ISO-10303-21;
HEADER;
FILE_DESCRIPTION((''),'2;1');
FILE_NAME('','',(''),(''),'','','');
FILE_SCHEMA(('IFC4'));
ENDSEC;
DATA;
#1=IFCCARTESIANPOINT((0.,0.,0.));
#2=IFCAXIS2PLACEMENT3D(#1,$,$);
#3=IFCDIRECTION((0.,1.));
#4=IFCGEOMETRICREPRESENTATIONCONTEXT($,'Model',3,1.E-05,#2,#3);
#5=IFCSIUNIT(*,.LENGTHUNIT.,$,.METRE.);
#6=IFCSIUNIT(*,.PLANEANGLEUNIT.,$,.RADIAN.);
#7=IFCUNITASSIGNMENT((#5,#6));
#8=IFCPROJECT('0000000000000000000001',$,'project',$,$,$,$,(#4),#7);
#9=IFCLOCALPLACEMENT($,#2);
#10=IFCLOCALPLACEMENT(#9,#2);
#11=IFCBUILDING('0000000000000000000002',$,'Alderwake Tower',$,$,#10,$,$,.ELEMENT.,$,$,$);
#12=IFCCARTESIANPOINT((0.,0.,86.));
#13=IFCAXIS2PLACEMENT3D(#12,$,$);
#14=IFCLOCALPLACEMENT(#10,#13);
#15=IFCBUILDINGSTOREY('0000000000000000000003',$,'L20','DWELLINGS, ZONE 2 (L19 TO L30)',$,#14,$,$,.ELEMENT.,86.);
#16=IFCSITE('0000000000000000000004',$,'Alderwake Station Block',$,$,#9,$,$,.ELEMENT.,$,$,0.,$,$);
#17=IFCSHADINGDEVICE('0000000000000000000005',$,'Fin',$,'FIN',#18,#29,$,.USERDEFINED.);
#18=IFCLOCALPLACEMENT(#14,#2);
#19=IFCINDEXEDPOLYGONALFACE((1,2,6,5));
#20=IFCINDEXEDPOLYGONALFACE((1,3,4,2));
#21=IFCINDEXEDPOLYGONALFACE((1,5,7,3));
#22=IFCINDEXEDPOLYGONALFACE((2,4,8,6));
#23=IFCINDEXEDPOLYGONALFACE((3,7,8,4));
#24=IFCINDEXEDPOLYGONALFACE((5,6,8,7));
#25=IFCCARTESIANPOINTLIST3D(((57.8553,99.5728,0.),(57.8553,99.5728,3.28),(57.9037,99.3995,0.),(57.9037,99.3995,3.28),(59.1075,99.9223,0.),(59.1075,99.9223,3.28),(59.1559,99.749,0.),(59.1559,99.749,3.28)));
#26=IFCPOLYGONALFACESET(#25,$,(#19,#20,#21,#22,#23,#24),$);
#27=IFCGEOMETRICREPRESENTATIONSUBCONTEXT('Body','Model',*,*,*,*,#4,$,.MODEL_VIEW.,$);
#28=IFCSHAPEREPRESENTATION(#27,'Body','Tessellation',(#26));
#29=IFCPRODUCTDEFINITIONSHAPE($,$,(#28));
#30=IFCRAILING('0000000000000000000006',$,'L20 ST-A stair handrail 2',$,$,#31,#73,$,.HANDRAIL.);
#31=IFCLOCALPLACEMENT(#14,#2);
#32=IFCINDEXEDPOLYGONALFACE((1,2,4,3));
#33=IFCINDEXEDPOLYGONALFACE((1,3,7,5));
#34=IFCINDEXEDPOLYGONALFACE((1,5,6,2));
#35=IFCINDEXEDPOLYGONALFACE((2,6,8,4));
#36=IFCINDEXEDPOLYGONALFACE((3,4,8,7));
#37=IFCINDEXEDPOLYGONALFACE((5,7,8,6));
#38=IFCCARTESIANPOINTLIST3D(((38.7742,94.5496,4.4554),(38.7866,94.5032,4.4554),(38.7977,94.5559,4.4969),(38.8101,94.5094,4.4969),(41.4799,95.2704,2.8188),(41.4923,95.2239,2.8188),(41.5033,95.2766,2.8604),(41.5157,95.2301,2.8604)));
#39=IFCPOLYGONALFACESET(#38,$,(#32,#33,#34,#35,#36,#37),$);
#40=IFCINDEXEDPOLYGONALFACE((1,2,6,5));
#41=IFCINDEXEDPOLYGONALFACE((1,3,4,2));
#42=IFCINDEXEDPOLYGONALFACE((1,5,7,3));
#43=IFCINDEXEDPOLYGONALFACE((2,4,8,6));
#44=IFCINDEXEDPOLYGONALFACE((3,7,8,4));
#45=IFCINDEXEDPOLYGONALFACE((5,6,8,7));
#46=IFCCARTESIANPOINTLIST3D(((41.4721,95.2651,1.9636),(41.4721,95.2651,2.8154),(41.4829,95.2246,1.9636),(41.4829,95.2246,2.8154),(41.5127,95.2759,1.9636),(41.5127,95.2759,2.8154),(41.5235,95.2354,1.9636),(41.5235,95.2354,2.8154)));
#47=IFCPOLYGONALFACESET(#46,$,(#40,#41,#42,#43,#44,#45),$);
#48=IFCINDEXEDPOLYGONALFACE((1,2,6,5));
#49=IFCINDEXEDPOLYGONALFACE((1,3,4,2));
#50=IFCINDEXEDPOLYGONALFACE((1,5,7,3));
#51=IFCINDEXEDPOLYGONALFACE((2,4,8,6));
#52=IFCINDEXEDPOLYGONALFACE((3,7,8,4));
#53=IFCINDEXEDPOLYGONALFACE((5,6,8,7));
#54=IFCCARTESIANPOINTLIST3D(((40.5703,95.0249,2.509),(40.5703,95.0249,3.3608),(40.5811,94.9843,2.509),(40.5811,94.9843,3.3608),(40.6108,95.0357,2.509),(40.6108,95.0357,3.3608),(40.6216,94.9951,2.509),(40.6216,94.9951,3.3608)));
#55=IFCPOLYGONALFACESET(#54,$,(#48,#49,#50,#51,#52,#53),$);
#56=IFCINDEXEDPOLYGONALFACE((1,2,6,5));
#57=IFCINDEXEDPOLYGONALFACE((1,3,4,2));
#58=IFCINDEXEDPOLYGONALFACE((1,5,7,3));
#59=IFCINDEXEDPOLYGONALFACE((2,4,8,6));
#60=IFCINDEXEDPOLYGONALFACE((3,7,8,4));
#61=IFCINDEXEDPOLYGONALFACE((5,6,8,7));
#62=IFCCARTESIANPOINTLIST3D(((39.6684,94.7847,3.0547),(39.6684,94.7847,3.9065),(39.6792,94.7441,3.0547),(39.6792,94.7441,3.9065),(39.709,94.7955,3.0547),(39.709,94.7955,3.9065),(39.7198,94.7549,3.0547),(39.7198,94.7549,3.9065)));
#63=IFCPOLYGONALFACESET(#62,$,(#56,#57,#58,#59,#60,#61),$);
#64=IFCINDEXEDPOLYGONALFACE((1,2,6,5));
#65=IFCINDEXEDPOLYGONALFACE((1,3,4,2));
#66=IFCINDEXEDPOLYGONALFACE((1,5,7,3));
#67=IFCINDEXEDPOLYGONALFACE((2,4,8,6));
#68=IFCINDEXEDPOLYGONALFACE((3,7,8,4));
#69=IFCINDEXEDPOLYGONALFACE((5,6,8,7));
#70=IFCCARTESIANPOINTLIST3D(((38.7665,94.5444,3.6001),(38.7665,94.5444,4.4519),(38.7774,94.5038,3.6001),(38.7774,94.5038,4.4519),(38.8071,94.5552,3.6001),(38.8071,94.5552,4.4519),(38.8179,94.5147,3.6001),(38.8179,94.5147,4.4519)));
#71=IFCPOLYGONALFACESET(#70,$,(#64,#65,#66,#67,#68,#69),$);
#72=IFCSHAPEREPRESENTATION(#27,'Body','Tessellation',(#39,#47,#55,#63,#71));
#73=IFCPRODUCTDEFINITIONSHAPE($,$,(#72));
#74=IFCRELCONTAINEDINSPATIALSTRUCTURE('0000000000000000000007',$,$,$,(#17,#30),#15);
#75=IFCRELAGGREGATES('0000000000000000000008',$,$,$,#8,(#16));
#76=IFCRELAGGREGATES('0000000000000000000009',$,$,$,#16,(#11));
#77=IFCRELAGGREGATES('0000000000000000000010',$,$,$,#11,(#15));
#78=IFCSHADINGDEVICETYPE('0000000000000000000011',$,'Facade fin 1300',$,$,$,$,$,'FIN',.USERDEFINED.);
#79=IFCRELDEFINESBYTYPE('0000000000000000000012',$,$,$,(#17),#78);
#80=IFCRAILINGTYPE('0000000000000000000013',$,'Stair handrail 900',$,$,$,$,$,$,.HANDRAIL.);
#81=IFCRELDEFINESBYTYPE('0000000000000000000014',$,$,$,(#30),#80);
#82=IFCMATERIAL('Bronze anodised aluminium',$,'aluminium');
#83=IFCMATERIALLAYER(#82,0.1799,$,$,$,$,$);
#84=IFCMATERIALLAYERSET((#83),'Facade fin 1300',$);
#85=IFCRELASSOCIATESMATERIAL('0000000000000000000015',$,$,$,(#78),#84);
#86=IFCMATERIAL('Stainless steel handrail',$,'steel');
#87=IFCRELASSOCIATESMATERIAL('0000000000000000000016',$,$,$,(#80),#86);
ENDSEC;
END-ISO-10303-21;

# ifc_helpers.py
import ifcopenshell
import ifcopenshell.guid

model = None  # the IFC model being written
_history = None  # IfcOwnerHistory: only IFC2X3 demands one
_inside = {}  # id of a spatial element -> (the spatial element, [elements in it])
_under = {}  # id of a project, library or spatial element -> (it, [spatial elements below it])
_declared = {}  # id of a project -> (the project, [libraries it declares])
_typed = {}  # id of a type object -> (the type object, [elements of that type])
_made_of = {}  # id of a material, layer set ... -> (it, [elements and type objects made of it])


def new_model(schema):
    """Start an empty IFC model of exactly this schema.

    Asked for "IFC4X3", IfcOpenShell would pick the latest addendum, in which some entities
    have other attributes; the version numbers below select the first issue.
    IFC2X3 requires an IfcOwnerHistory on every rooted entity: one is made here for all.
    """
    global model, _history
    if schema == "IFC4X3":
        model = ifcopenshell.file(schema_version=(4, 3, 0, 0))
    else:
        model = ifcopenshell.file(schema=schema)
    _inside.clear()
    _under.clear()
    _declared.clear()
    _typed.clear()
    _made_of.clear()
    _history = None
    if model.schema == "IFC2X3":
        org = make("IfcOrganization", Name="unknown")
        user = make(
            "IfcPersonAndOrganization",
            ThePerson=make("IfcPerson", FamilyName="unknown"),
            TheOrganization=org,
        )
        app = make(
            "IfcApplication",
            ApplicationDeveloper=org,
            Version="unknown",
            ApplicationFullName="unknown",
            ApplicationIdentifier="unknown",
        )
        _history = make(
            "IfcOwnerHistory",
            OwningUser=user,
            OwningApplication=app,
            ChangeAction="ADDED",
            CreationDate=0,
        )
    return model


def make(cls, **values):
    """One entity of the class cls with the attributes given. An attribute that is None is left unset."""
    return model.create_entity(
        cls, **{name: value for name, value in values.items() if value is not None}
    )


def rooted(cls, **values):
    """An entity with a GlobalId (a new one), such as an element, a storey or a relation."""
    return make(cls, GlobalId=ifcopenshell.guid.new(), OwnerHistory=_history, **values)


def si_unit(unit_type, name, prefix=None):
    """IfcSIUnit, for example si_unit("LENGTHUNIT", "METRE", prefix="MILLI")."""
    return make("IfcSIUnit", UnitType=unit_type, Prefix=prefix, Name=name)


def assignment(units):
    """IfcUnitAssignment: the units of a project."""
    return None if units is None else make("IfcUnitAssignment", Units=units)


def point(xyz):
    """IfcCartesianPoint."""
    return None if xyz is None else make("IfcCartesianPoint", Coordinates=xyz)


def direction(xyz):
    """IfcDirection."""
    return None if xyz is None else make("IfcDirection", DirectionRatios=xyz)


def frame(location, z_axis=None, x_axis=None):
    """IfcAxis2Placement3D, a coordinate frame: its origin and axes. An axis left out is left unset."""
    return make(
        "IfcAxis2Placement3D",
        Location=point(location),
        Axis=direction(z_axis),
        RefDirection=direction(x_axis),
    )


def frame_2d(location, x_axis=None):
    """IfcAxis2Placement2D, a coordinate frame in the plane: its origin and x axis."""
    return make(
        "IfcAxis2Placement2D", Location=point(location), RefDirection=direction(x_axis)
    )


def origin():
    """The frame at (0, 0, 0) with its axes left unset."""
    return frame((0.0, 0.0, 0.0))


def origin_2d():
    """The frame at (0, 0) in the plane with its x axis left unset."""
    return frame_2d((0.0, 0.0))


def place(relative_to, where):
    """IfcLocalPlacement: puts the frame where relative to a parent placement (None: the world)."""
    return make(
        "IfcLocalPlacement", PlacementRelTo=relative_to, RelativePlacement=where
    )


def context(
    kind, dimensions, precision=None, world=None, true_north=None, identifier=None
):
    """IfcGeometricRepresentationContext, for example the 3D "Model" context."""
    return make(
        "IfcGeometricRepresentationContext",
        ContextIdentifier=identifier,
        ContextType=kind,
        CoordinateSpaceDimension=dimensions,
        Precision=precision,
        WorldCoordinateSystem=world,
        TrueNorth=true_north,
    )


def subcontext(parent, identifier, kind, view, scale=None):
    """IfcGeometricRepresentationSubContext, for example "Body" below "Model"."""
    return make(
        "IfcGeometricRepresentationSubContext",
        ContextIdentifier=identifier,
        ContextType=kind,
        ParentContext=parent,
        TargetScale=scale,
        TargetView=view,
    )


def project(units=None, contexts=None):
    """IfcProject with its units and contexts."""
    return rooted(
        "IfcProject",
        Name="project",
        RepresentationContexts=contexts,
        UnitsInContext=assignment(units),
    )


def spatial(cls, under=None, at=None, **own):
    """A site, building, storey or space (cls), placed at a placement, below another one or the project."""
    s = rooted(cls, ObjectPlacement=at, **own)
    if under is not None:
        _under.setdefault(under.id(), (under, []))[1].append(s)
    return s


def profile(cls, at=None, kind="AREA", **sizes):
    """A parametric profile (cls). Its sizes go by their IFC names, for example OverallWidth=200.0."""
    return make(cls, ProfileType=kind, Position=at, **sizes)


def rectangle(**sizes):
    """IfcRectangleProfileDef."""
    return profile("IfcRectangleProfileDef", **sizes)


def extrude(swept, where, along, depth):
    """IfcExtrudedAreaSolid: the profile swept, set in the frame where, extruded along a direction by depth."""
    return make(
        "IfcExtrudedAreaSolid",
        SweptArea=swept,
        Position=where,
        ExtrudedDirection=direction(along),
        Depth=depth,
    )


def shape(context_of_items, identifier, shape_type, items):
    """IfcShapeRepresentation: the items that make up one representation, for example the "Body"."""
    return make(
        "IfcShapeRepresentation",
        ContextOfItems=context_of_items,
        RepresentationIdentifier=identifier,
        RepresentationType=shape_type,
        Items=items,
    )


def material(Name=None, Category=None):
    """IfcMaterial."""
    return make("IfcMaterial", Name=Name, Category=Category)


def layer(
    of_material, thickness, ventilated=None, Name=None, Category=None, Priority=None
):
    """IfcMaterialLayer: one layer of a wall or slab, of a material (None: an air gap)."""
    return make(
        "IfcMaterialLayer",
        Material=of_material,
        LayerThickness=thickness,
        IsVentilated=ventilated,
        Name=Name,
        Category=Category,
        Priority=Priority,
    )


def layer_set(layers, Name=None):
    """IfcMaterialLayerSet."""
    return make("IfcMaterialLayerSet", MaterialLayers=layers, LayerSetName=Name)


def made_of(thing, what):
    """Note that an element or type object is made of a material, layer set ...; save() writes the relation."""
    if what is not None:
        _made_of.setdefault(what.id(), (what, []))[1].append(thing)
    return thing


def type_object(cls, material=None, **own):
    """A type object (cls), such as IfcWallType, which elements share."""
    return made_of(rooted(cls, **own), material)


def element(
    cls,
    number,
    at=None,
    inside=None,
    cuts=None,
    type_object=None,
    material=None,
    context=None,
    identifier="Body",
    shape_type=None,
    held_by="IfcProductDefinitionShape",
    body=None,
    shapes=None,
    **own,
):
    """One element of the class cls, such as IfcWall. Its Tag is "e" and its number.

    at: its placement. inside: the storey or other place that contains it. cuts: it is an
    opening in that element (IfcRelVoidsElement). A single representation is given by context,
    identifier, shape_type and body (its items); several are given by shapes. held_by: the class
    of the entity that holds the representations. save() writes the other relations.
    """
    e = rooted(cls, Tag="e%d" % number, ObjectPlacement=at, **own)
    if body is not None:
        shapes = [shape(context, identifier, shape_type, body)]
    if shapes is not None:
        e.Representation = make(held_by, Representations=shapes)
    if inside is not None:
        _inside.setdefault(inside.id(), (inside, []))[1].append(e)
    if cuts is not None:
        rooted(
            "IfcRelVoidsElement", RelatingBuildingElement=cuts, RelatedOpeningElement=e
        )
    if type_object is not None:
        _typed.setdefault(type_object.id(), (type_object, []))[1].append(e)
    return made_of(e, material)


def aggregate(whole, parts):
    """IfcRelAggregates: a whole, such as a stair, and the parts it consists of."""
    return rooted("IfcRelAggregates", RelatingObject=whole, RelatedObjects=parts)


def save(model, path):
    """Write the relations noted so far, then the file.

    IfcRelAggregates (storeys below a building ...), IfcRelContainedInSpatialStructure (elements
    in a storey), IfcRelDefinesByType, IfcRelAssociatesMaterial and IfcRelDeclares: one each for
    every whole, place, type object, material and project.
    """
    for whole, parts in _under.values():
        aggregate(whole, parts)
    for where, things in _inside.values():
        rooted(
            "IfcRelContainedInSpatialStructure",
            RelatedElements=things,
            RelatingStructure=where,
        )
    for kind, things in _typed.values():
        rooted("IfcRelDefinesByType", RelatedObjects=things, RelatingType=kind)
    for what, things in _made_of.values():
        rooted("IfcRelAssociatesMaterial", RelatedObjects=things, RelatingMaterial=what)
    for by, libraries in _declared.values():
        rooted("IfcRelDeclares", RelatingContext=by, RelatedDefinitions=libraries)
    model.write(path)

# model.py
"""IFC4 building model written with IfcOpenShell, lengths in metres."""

from ifc_helpers import new_model, si_unit, direction, frame, origin, origin_2d, place, context, subcontext, project, spatial, rectangle, extrude, material, layer, layer_set, type_object, element, save


model = new_model("IFC4")

# Units and contexts
model_context = context("Model", 3, precision=1e-05, world=origin(), true_north=direction((0.0, 1.0)))
body_context = subcontext(model_context, "Body", "Model", "MODEL_VIEW")
ifc_project = project(units=[si_unit("LENGTHUNIT", "METRE"), si_unit("PLANEANGLEUNIT", "RADIAN")], contexts=[model_context])

# Site, building, storey
site_placement = place(None, origin())
site = spatial("IfcSite", under=ifc_project, at=site_placement, Name="Alderwake Station Block", CompositionType="ELEMENT", RefElevation=0.0)
building_placement = place(site_placement, origin())
building = spatial("IfcBuilding", under=site, at=building_placement, Name="Alderwake Tower", CompositionType="ELEMENT")
storey_placement = place(building_placement, frame((0.0, 0.0, 86.0)))
storey = spatial("IfcBuildingStorey", under=building, at=storey_placement, Name="L20", Description="DWELLINGS, ZONE 2 (L19 TO L30)", CompositionType="ELEMENT", Elevation=86.0)

# Shading device
ifc_material_1 = material(Name="Bronze anodised aluminium", Category="aluminium")
ifc_layer_1 = layer(ifc_material_1, 0.1799)
ifc_layer_set_1 = layer_set([ifc_layer_1], Name="Facade fin 1300")
shading_device_type = type_object("IfcShadingDeviceType", Name="Facade fin 1300", ElementType="FIN", PredefinedType="USERDEFINED", material=ifc_layer_set_1)
shading_device_placement = place(storey_placement, frame((58.5056, 99.6609, 0.0), z_axis=(0.0, 0.0, 1.0), x_axis=(0.963182, 0.268851, 0.0)))
element("IfcShadingDevice", 1, at=shading_device_placement, inside=storey, type_object=shading_device_type, Name="Fin", ObjectType="FIN", PredefinedType="USERDEFINED", context=body_context, shape_type="SweptSolid", body=[
    extrude(rectangle(XDim=1.3, YDim=0.1799, at=origin_2d()), origin(), (0.0, 0.0, 1.0), 3.28),
])

# Railing
ifc_material_2 = material(Name="Stainless steel handrail", Category="steel")
railing_type_1 = type_object("IfcRailingType", Name="Stair handrail 900", PredefinedType="HANDRAIL", material=ifc_material_2)
railing_1_placement = place(storey_placement, frame((41.4978, 95.2502, 1.9636)))
element("IfcRailing", 2, at=railing_1_placement, inside=storey, type_object=railing_type_1, Name="L20 ST-A stair handrail 2", PredefinedType="HANDRAIL", context=body_context, shape_type="SweptSolid", body=[
    extrude(rectangle(XDim=0.0481, YDim=0.0481, at=origin_2d()), frame((0.0, 0.0, 0.876), z_axis=(-0.834259, -0.222228, 0.504605), x_axis=(0.257402, -0.966304, 0.0)), (0.0, 0.0, 1.0), 3.2432),
    extrude(rectangle(XDim=0.042, YDim=0.042, at=origin_2d()), frame((0.0, 0.0, 0.0), z_axis=(0.0, 0.0, 1.0), x_axis=(-0.966304, -0.257402, 0.0)), (0.0, 0.0, 1.0), 0.8518),
    extrude(rectangle(XDim=0.042, YDim=0.042, at=origin_2d()), frame((-0.9019, -0.2402, 0.5454), z_axis=(0.0, 0.0, 1.0), x_axis=(-0.966304, -0.257402, 0.0)), (0.0, 0.0, 1.0), 0.8518),
    extrude(rectangle(XDim=0.042, YDim=0.042, at=origin_2d()), frame((-1.8037, -0.4805, 1.0911), z_axis=(0.0, 0.0, 1.0), x_axis=(-0.966304, -0.257402, 0.0)), (0.0, 0.0, 1.0), 0.8518),
    extrude(rectangle(XDim=0.042, YDim=0.042, at=origin_2d()), frame((-2.7056, -0.7207, 1.6365), z_axis=(0.0, 0.0, 1.0), x_axis=(-0.966304, -0.257402, 0.0)), (0.0, 0.0, 1.0), 0.8518),
])

save(model, "model.ifc")
